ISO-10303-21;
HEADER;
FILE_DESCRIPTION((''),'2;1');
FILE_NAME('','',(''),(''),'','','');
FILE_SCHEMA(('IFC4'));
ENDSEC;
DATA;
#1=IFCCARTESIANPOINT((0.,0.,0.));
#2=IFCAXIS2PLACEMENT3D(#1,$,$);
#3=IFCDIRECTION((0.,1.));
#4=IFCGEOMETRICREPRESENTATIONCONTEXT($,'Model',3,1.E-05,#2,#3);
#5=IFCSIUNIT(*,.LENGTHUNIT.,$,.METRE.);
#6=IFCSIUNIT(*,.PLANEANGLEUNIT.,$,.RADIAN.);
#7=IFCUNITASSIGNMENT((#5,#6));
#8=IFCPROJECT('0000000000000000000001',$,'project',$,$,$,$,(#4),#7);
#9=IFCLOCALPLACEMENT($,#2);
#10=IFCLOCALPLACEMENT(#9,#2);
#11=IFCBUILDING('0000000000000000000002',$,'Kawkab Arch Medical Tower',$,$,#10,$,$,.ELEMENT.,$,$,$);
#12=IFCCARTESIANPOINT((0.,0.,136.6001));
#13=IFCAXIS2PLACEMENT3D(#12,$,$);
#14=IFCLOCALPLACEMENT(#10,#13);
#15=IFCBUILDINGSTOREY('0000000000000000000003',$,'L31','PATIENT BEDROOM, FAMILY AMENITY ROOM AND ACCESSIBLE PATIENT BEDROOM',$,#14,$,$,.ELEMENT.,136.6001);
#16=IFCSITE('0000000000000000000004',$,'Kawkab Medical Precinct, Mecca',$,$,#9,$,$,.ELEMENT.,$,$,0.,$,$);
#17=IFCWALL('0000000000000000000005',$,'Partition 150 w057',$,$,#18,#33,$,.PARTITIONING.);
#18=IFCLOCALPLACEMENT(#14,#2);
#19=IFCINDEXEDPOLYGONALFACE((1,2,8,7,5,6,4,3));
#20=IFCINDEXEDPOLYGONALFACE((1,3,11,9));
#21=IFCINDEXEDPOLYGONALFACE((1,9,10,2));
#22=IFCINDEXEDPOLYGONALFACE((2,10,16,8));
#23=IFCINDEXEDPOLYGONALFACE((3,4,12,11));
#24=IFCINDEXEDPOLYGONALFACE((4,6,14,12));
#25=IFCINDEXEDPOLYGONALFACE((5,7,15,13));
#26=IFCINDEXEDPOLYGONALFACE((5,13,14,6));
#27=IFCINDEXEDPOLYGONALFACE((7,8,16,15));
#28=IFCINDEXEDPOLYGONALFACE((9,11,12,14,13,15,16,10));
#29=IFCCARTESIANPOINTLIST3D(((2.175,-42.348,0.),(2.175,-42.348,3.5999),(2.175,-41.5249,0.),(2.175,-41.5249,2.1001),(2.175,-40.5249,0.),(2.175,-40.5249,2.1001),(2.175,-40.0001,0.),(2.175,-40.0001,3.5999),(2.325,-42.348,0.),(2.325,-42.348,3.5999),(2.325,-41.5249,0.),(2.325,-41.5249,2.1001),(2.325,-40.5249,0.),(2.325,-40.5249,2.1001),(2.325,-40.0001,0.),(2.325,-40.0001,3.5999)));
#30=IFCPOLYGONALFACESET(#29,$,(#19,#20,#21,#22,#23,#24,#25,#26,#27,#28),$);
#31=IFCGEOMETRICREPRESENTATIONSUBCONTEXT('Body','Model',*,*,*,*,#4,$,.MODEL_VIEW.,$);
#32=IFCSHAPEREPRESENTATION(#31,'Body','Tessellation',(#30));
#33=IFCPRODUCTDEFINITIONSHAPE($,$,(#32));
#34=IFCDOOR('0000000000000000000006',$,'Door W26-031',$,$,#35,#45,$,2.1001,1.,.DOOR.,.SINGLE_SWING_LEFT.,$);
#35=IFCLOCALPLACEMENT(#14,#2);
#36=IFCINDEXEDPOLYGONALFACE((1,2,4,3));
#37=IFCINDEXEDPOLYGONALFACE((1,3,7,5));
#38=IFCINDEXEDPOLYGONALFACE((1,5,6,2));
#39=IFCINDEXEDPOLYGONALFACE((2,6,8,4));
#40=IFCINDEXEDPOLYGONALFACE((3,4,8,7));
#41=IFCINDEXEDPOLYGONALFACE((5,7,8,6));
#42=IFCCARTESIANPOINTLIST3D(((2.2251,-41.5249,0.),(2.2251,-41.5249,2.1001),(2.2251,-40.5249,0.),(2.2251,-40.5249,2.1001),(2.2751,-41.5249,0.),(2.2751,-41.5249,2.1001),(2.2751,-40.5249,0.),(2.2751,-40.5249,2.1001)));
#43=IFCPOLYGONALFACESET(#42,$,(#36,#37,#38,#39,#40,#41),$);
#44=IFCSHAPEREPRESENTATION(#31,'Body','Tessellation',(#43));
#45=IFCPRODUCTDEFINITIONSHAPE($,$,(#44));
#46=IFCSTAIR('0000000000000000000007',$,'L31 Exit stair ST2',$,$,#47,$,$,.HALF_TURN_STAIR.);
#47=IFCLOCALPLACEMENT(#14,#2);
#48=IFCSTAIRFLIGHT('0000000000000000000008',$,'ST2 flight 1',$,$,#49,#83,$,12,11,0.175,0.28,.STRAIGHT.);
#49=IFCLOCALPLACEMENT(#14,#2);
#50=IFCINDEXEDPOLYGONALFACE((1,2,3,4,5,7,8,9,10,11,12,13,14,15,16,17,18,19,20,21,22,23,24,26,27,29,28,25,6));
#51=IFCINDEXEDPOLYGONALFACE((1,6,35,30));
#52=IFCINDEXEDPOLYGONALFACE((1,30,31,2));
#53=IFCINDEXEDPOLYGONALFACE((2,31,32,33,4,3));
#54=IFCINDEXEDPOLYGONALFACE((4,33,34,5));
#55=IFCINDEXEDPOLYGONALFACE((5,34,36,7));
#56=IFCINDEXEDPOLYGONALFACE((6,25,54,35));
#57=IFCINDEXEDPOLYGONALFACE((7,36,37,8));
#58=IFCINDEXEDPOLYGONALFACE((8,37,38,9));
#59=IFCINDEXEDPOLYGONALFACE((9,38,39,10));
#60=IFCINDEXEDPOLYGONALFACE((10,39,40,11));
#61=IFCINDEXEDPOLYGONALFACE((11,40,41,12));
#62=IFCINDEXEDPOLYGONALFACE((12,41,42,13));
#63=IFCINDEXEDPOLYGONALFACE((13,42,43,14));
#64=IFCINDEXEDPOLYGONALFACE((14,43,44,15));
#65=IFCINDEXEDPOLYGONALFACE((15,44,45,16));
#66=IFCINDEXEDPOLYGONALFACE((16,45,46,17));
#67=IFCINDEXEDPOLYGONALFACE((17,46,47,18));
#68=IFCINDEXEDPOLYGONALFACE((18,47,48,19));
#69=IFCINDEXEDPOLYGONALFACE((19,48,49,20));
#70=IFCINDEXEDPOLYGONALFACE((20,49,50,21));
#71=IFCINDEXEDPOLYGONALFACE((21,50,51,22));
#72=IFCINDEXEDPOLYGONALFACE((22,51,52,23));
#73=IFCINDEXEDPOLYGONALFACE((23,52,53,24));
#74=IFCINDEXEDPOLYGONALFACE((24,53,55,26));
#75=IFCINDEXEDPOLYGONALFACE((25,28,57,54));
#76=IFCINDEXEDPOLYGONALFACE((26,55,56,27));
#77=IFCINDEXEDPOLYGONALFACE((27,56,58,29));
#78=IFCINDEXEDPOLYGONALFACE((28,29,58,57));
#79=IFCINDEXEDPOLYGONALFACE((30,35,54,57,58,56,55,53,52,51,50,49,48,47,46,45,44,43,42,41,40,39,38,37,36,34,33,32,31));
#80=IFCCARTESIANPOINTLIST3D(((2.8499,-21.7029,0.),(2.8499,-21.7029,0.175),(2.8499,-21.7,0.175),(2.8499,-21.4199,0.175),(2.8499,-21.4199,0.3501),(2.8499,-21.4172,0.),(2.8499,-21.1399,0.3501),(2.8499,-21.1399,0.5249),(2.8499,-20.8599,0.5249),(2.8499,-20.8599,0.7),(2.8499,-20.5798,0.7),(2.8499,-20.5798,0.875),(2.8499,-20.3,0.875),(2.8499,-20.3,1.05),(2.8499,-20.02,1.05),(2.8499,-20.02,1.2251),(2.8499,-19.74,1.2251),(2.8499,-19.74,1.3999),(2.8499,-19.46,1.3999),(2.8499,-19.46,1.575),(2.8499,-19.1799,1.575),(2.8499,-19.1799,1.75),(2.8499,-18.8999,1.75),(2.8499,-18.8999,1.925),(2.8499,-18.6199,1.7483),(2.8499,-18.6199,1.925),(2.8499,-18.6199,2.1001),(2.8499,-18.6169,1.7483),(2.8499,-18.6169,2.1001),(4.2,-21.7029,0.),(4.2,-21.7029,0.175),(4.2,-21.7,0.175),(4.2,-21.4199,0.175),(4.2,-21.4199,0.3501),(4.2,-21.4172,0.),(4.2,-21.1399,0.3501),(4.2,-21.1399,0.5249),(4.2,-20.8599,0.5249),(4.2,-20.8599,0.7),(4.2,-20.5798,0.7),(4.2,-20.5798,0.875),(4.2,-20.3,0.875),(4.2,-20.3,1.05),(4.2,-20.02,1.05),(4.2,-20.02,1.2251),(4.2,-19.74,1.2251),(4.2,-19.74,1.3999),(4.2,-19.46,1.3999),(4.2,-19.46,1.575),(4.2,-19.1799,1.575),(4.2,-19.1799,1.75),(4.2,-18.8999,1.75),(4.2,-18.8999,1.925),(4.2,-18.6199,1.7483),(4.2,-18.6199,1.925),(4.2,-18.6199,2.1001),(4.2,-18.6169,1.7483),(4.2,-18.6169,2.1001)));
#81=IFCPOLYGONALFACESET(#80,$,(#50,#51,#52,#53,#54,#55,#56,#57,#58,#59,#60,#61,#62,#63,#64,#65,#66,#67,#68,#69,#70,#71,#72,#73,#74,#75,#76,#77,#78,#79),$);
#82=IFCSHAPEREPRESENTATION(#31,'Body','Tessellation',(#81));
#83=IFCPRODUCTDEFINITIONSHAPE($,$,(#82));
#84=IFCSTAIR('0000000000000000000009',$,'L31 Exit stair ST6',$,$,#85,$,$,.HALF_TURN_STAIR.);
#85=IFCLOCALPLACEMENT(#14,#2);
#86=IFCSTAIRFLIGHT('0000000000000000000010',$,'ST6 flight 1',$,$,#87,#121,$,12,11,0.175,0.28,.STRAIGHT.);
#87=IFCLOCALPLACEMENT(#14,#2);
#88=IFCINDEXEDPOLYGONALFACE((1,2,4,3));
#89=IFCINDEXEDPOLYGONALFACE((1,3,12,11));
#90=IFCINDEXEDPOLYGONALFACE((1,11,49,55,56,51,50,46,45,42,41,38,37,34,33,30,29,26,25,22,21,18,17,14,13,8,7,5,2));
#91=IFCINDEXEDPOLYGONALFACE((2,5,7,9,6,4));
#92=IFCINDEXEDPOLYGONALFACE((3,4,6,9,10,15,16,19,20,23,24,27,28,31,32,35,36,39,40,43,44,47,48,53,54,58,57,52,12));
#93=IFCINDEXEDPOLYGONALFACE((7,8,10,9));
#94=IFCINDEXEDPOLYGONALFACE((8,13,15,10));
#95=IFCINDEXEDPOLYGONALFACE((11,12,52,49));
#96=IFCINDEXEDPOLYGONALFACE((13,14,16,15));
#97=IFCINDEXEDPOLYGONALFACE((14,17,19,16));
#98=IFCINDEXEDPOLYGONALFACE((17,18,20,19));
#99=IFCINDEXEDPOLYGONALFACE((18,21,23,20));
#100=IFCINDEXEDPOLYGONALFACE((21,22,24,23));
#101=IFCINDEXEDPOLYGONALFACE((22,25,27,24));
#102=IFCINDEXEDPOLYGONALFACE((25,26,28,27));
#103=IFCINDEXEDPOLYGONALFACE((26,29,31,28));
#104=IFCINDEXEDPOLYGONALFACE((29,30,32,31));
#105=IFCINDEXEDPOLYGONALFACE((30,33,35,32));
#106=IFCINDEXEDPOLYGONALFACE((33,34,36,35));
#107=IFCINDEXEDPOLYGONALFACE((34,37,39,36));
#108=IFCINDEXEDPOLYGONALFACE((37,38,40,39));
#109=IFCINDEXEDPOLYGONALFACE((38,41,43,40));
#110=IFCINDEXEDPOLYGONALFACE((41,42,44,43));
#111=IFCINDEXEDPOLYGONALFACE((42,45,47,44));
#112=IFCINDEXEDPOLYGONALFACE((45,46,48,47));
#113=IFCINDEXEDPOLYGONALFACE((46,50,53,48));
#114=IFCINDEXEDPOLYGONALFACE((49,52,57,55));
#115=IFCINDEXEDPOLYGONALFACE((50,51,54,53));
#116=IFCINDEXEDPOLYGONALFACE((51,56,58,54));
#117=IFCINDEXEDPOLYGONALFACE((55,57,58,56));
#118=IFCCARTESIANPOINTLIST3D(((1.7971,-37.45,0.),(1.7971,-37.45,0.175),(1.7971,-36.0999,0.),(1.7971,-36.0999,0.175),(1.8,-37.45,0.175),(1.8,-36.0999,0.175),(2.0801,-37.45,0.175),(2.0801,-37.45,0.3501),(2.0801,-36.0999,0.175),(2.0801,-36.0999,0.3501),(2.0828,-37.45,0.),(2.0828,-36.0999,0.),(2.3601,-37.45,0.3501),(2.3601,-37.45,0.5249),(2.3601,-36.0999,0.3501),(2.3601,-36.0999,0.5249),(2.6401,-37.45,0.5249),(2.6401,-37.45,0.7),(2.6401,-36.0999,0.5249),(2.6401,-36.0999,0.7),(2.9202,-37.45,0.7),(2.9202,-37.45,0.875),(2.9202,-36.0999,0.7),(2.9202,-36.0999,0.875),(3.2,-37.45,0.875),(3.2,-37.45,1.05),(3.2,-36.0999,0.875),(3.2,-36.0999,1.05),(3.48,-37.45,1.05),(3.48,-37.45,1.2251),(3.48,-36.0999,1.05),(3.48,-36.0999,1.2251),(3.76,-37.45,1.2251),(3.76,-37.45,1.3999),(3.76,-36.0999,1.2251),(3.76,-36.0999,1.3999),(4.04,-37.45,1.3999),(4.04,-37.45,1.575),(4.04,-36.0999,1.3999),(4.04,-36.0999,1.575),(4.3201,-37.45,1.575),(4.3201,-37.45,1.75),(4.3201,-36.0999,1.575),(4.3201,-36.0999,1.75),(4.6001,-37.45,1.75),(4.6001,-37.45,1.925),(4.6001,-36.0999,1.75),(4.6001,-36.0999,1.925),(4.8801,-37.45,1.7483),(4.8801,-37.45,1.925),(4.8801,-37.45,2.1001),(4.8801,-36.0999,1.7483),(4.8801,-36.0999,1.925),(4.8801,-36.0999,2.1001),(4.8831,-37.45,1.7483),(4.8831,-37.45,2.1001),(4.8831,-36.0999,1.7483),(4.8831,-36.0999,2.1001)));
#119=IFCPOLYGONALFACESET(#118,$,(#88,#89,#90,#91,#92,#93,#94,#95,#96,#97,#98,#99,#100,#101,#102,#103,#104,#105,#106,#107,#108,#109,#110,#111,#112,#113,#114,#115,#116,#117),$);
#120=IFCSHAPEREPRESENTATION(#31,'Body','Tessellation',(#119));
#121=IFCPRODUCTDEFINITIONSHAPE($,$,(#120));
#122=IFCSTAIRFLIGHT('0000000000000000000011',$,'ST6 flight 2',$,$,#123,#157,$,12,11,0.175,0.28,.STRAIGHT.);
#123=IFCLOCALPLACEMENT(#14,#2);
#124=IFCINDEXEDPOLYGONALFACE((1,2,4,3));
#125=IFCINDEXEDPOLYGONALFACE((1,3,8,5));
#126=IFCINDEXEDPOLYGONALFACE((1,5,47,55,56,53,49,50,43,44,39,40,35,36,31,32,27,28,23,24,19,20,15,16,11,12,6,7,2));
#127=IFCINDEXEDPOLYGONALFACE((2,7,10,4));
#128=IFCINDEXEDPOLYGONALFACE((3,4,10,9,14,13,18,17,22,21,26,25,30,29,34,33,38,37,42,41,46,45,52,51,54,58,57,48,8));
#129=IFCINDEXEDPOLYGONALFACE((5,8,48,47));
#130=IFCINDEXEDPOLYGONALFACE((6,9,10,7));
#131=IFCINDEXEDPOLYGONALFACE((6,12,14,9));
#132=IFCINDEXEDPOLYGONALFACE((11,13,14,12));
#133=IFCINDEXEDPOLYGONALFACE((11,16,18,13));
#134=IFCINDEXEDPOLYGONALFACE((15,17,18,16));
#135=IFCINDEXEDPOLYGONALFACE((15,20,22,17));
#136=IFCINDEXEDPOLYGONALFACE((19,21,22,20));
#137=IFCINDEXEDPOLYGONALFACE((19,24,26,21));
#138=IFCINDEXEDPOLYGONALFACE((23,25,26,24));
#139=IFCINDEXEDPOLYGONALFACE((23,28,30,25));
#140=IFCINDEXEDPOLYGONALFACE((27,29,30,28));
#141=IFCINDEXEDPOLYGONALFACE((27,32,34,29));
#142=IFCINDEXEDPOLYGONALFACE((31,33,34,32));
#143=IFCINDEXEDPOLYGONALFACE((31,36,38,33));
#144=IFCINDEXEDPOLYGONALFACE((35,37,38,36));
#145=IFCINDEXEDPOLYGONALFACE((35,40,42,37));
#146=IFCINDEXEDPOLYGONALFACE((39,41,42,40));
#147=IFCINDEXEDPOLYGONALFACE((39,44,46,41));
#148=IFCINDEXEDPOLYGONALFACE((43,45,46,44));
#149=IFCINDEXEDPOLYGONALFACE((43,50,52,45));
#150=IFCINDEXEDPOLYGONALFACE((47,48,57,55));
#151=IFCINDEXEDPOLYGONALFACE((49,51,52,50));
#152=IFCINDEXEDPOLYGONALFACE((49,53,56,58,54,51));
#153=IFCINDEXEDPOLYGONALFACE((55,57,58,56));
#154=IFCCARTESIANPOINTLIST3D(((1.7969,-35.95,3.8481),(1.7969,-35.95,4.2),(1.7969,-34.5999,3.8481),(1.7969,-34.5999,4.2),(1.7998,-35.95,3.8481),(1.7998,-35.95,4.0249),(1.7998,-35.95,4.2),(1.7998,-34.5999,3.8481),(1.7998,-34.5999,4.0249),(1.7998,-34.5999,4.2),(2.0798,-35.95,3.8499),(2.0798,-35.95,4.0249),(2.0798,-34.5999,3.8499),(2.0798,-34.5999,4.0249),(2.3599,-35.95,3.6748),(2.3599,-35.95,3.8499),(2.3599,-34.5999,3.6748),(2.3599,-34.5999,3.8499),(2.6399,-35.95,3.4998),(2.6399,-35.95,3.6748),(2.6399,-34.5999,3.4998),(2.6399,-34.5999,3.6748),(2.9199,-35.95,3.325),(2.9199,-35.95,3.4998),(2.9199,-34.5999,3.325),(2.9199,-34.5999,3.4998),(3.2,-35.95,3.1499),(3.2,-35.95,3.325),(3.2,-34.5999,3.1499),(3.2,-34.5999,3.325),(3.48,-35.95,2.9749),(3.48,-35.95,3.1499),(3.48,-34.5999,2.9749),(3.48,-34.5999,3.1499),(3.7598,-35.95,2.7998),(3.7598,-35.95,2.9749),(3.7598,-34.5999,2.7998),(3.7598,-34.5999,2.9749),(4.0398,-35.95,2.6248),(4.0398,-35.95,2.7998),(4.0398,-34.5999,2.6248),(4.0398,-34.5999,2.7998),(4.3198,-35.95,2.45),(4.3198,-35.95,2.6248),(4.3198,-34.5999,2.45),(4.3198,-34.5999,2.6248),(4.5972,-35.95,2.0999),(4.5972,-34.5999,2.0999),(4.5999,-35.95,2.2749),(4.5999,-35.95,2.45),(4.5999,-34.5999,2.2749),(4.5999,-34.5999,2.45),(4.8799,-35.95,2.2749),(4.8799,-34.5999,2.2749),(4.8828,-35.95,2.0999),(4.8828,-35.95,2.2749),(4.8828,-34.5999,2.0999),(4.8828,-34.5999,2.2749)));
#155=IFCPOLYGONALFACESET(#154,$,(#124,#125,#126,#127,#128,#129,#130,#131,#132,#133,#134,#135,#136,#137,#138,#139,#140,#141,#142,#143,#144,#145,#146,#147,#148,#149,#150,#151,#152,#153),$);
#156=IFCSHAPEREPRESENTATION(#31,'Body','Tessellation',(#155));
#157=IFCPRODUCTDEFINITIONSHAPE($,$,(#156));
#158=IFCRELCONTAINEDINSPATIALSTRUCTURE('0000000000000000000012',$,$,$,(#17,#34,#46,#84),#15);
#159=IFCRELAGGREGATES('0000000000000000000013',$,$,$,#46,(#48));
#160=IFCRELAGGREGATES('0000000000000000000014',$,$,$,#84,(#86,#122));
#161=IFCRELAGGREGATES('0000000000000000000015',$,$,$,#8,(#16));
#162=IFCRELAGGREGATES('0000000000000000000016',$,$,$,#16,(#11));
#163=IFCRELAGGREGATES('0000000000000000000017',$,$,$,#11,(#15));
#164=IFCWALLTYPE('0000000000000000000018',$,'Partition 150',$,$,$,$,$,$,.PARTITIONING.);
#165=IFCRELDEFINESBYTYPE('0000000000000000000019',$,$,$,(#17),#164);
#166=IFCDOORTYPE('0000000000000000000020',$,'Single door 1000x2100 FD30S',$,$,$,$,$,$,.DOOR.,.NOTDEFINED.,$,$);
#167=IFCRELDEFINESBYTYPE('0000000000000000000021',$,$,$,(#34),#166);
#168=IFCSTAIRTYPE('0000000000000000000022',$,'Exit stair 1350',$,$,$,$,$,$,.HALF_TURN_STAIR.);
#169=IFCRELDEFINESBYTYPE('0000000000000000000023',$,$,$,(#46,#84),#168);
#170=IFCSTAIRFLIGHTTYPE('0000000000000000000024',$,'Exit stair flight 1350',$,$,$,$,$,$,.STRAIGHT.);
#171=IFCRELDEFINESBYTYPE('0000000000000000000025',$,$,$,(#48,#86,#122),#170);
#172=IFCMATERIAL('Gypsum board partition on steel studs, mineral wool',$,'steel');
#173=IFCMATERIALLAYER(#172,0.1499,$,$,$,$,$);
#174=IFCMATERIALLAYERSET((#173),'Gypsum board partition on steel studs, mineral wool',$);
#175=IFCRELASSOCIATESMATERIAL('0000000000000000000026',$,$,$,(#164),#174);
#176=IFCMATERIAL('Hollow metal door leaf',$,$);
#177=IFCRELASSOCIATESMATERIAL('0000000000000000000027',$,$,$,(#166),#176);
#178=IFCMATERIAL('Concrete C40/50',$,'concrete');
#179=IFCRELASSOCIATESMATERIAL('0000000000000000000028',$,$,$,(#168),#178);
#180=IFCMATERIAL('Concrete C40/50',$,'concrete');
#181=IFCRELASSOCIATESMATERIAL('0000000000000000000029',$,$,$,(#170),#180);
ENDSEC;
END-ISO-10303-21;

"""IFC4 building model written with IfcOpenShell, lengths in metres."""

from ifc_helpers import new_model, si_unit, direction, frame, frame_2d, origin, place, context, subcontext, project, spatial, polyline, rectangle, outline, extrude, material, layer, layer_set, type_object, element, fill, aggregate, save


model = new_model("IFC4")

# Units and contexts
model_context = context("Model", 3, precision=1e-05, world=origin(), true_north=direction((0.0, 1.0)))
body_context = subcontext(model_context, "Body", "Model", "MODEL_VIEW")
ifc_project = project(units=[si_unit("LENGTHUNIT", "METRE"), si_unit("PLANEANGLEUNIT", "RADIAN")], contexts=[model_context])

# Site, building, storey
site_placement = place(None, origin())
site = spatial("IfcSite", under=ifc_project, at=site_placement, Name="Kawkab Medical Precinct, Mecca", CompositionType="ELEMENT", RefElevation=0.0)
building_placement = place(site_placement, origin())
building = spatial("IfcBuilding", under=site, at=building_placement, Name="Kawkab Arch Medical Tower", CompositionType="ELEMENT")
storey_placement = place(building_placement, frame((0.0, 0.0, 136.6001)))
storey = spatial("IfcBuildingStorey", under=building, at=storey_placement, Name="L31", Description="PATIENT BEDROOM, FAMILY AMENITY ROOM AND ACCESSIBLE PATIENT BEDROOM", CompositionType="ELEMENT", Elevation=136.6001)

# Wall, opening, door
ifc_material_1 = material(Name="Gypsum board partition on steel studs, mineral wool", Category="steel")
ifc_layer_1 = layer(ifc_material_1, 0.1499)
ifc_layer_set_1 = layer_set([ifc_layer_1], Name="Gypsum board partition on steel studs, mineral wool")
wall_type_1 = type_object("IfcWallType", Name="Partition 150", PredefinedType="PARTITIONING", material=ifc_layer_set_1)
wall_1_placement = place(storey_placement, frame((2.25, -42.3479, 0.0), z_axis=(0.0, 0.0, 1.0), x_axis=(0.0, 1.0, 0.0)))
wall_1 = element("IfcWall", 1, at=wall_1_placement, inside=storey, type_object=wall_type_1, Name="Partition 150 w057", PredefinedType="PARTITIONING", context=body_context, shape_type="SweptSolid", body=[
    extrude(rectangle(XDim=2.3479, YDim=0.1499, at=frame_2d((1.1738, 0.0))), origin(), (0.0, 0.0, 1.0), 3.5999),
])
opening_1_placement = place(wall_1_placement, frame((0.823, 0.0, 0.0)))
opening_1 = element("IfcOpeningElement", 2, at=opening_1_placement, cuts=wall_1, PredefinedType="OPENING", context=body_context, shape_type="SweptSolid", body=[
    extrude(rectangle(XDim=1.0, YDim=2.1001, at=frame_2d((0.5, 1.05))), frame((0.0, 0.085, 0.0), z_axis=(0.0, -1.0, 0.0), x_axis=(1.0, 0.0, 0.0)), (0.0, 0.0, 1.0), 0.1699),
])
ifc_material_2 = material(Name="Hollow metal door leaf")
door_type_1 = type_object("IfcDoorType", Name="Single door 1000x2100 FD30S", OperationType="NOTDEFINED", PredefinedType="DOOR", material=ifc_material_2)
door_1_placement = place(opening_1_placement, origin())
door_1 = element("IfcDoor", 3, at=door_1_placement, inside=storey, type_object=door_type_1, Name="Door W26-031", OperationType="SINGLE_SWING_LEFT", OverallHeight=2.1001, OverallWidth=1.0, PredefinedType="DOOR", context=body_context, shape_type="SweptSolid", body=[
    extrude(rectangle(XDim=1.0, YDim=2.1001, at=frame_2d((0.5, 1.05))), frame((0.0, 0.0249, 0.0), z_axis=(0.0, -1.0, 0.0), x_axis=(1.0, 0.0, 0.0)), (0.0, 0.0, 1.0), 0.05),
])
fill(opening_1, door_1)

# Stair, stair flight
ifc_material_3 = material(Name="Concrete C40/50", Category="concrete")
stair_type = type_object("IfcStairType", Name="Exit stair 1350", PredefinedType="HALF_TURN_STAIR", material=ifc_material_3)
placement = place(storey_placement, origin())
stair_1 = element("IfcStair", 4, at=placement, inside=storey, type_object=stair_type, Name="L31 Exit stair ST2", PredefinedType="HALF_TURN_STAIR")
ifc_material_4 = material(Name="Concrete C40/50", Category="concrete")
stair_flight_type = type_object("IfcStairFlightType", Name="Exit stair flight 1350", PredefinedType="STRAIGHT", material=ifc_material_4)
stair_flight_1_placement = place(storey_placement, frame((3.5249, -21.7, 0.0), z_axis=(0.0, 0.0, 1.0), x_axis=(0.0, 1.0, 0.0)))
stair_flight_1 = element("IfcStairFlight", 5, at=stair_flight_1_placement, type_object=stair_flight_type, Name="ST2 flight 1", NumberOfRisers=12, NumberOfTreads=11, PredefinedType="STRAIGHT", RiserHeight=0.175, TreadLength=0.28, context=body_context, shape_type="SweptSolid", body=[
    extrude(outline(polyline([(-0.0029, 0.0), (-0.0029, 0.175), (0.0, 0.175), (0.28, 0.175), (0.28, 0.3501), (0.5601, 0.3501), (0.5601, 0.5249), (0.8401, 0.5249), (0.8401, 0.7), (1.1201, 0.7), (1.1201, 0.875), (1.3999, 0.875), (1.3999, 1.05), (1.6799, 1.05), (1.6799, 1.2251), (1.96, 1.2251), (1.96, 1.3999), (2.24, 1.3999), (2.24, 1.575), (2.52, 1.575), (2.52, 1.75), (2.8, 1.75), (2.8, 1.925), (3.0801, 1.925), (3.0801, 2.1001), (3.083, 2.1001), (3.083, 1.7483), (3.0801, 1.7483), (0.2827, 0.0), (-0.0029, 0.0)])), frame((0.0, 0.675, 0.0), z_axis=(0.0, -1.0, 0.0), x_axis=(1.0, 0.0, 0.0)), (0.0, 0.0, 1.0), 1.3501),
])
aggregate(stair_1, [stair_flight_1])

# Stair, stair flights
stair_2 = element("IfcStair", 6, at=placement, inside=storey, type_object=stair_type, Name="L31 Exit stair ST6", PredefinedType="HALF_TURN_STAIR")
stair_flight_2_placement = place(storey_placement, frame((1.8, -36.7749, 0.0), z_axis=(0.0, 0.0, 1.0), x_axis=(1.0, 0.0, 0.0)))
stair_flight_2 = element("IfcStairFlight", 7, at=stair_flight_2_placement, type_object=stair_flight_type, Name="ST6 flight 1", NumberOfRisers=12, NumberOfTreads=11, PredefinedType="STRAIGHT", RiserHeight=0.175, TreadLength=0.28, context=body_context, shape_type="SweptSolid", body=[
    extrude(outline(polyline([(-0.0029, 0.0), (-0.0029, 0.175), (0.0, 0.175), (0.28, 0.175), (0.28, 0.3501), (0.5601, 0.3501), (0.5601, 0.5249), (0.8401, 0.5249), (0.8401, 0.7), (1.1201, 0.7), (1.1201, 0.875), (1.3999, 0.875), (1.3999, 1.05), (1.6799, 1.05), (1.6799, 1.2251), (1.96, 1.2251), (1.96, 1.3999), (2.24, 1.3999), (2.24, 1.575), (2.52, 1.575), (2.52, 1.75), (2.8, 1.75), (2.8, 1.925), (3.0801, 1.925), (3.0801, 2.1001), (3.083, 2.1001), (3.083, 1.7483), (3.0801, 1.7483), (0.2827, 0.0), (-0.0029, 0.0)])), frame((0.0, 0.675, 0.0), z_axis=(0.0, -1.0, 0.0), x_axis=(1.0, 0.0, 0.0)), (0.0, 0.0, 1.0), 1.3501),
])
stair_flight_3_placement = place(storey_placement, frame((4.8799, -35.2749, 2.0999), z_axis=(0.0, 0.0, 1.0), x_axis=(-1.0, 0.0, 0.0)))
stair_flight_3 = element("IfcStairFlight", 8, at=stair_flight_3_placement, type_object=stair_flight_type, Name="ST6 flight 2", NumberOfRisers=12, NumberOfTreads=11, PredefinedType="STRAIGHT", RiserHeight=0.175, TreadLength=0.28, context=body_context, shape_type="SweptSolid", body=[
    extrude(outline(polyline([(-0.0029, 0.0), (-0.0029, 0.175), (0.0, 0.175), (0.28, 0.175), (0.28, 0.3501), (0.5601, 0.3501), (0.5601, 0.5249), (0.8401, 0.5249), (0.8401, 0.7), (1.1201, 0.7), (1.1201, 0.875), (1.3999, 0.875), (1.3999, 1.05), (1.6799, 1.05), (1.6799, 1.2251), (1.96, 1.2251), (1.96, 1.3999), (2.24, 1.3999), (2.24, 1.575), (2.52, 1.575), (2.52, 1.75), (2.8, 1.75), (2.8, 1.925), (3.0801, 1.925), (3.0801, 2.1001), (3.083, 2.1001), (3.083, 1.7483), (3.0801, 1.7483), (0.2827, 0.0), (-0.0029, 0.0)])), frame((0.0, 0.675, 0.0), z_axis=(0.0, -1.0, 0.0), x_axis=(1.0, 0.0, 0.0)), (0.0, 0.0, 1.0), 1.3501),
])
aggregate(stair_2, [stair_flight_2, stair_flight_3])

save(model, "model.ifc")
